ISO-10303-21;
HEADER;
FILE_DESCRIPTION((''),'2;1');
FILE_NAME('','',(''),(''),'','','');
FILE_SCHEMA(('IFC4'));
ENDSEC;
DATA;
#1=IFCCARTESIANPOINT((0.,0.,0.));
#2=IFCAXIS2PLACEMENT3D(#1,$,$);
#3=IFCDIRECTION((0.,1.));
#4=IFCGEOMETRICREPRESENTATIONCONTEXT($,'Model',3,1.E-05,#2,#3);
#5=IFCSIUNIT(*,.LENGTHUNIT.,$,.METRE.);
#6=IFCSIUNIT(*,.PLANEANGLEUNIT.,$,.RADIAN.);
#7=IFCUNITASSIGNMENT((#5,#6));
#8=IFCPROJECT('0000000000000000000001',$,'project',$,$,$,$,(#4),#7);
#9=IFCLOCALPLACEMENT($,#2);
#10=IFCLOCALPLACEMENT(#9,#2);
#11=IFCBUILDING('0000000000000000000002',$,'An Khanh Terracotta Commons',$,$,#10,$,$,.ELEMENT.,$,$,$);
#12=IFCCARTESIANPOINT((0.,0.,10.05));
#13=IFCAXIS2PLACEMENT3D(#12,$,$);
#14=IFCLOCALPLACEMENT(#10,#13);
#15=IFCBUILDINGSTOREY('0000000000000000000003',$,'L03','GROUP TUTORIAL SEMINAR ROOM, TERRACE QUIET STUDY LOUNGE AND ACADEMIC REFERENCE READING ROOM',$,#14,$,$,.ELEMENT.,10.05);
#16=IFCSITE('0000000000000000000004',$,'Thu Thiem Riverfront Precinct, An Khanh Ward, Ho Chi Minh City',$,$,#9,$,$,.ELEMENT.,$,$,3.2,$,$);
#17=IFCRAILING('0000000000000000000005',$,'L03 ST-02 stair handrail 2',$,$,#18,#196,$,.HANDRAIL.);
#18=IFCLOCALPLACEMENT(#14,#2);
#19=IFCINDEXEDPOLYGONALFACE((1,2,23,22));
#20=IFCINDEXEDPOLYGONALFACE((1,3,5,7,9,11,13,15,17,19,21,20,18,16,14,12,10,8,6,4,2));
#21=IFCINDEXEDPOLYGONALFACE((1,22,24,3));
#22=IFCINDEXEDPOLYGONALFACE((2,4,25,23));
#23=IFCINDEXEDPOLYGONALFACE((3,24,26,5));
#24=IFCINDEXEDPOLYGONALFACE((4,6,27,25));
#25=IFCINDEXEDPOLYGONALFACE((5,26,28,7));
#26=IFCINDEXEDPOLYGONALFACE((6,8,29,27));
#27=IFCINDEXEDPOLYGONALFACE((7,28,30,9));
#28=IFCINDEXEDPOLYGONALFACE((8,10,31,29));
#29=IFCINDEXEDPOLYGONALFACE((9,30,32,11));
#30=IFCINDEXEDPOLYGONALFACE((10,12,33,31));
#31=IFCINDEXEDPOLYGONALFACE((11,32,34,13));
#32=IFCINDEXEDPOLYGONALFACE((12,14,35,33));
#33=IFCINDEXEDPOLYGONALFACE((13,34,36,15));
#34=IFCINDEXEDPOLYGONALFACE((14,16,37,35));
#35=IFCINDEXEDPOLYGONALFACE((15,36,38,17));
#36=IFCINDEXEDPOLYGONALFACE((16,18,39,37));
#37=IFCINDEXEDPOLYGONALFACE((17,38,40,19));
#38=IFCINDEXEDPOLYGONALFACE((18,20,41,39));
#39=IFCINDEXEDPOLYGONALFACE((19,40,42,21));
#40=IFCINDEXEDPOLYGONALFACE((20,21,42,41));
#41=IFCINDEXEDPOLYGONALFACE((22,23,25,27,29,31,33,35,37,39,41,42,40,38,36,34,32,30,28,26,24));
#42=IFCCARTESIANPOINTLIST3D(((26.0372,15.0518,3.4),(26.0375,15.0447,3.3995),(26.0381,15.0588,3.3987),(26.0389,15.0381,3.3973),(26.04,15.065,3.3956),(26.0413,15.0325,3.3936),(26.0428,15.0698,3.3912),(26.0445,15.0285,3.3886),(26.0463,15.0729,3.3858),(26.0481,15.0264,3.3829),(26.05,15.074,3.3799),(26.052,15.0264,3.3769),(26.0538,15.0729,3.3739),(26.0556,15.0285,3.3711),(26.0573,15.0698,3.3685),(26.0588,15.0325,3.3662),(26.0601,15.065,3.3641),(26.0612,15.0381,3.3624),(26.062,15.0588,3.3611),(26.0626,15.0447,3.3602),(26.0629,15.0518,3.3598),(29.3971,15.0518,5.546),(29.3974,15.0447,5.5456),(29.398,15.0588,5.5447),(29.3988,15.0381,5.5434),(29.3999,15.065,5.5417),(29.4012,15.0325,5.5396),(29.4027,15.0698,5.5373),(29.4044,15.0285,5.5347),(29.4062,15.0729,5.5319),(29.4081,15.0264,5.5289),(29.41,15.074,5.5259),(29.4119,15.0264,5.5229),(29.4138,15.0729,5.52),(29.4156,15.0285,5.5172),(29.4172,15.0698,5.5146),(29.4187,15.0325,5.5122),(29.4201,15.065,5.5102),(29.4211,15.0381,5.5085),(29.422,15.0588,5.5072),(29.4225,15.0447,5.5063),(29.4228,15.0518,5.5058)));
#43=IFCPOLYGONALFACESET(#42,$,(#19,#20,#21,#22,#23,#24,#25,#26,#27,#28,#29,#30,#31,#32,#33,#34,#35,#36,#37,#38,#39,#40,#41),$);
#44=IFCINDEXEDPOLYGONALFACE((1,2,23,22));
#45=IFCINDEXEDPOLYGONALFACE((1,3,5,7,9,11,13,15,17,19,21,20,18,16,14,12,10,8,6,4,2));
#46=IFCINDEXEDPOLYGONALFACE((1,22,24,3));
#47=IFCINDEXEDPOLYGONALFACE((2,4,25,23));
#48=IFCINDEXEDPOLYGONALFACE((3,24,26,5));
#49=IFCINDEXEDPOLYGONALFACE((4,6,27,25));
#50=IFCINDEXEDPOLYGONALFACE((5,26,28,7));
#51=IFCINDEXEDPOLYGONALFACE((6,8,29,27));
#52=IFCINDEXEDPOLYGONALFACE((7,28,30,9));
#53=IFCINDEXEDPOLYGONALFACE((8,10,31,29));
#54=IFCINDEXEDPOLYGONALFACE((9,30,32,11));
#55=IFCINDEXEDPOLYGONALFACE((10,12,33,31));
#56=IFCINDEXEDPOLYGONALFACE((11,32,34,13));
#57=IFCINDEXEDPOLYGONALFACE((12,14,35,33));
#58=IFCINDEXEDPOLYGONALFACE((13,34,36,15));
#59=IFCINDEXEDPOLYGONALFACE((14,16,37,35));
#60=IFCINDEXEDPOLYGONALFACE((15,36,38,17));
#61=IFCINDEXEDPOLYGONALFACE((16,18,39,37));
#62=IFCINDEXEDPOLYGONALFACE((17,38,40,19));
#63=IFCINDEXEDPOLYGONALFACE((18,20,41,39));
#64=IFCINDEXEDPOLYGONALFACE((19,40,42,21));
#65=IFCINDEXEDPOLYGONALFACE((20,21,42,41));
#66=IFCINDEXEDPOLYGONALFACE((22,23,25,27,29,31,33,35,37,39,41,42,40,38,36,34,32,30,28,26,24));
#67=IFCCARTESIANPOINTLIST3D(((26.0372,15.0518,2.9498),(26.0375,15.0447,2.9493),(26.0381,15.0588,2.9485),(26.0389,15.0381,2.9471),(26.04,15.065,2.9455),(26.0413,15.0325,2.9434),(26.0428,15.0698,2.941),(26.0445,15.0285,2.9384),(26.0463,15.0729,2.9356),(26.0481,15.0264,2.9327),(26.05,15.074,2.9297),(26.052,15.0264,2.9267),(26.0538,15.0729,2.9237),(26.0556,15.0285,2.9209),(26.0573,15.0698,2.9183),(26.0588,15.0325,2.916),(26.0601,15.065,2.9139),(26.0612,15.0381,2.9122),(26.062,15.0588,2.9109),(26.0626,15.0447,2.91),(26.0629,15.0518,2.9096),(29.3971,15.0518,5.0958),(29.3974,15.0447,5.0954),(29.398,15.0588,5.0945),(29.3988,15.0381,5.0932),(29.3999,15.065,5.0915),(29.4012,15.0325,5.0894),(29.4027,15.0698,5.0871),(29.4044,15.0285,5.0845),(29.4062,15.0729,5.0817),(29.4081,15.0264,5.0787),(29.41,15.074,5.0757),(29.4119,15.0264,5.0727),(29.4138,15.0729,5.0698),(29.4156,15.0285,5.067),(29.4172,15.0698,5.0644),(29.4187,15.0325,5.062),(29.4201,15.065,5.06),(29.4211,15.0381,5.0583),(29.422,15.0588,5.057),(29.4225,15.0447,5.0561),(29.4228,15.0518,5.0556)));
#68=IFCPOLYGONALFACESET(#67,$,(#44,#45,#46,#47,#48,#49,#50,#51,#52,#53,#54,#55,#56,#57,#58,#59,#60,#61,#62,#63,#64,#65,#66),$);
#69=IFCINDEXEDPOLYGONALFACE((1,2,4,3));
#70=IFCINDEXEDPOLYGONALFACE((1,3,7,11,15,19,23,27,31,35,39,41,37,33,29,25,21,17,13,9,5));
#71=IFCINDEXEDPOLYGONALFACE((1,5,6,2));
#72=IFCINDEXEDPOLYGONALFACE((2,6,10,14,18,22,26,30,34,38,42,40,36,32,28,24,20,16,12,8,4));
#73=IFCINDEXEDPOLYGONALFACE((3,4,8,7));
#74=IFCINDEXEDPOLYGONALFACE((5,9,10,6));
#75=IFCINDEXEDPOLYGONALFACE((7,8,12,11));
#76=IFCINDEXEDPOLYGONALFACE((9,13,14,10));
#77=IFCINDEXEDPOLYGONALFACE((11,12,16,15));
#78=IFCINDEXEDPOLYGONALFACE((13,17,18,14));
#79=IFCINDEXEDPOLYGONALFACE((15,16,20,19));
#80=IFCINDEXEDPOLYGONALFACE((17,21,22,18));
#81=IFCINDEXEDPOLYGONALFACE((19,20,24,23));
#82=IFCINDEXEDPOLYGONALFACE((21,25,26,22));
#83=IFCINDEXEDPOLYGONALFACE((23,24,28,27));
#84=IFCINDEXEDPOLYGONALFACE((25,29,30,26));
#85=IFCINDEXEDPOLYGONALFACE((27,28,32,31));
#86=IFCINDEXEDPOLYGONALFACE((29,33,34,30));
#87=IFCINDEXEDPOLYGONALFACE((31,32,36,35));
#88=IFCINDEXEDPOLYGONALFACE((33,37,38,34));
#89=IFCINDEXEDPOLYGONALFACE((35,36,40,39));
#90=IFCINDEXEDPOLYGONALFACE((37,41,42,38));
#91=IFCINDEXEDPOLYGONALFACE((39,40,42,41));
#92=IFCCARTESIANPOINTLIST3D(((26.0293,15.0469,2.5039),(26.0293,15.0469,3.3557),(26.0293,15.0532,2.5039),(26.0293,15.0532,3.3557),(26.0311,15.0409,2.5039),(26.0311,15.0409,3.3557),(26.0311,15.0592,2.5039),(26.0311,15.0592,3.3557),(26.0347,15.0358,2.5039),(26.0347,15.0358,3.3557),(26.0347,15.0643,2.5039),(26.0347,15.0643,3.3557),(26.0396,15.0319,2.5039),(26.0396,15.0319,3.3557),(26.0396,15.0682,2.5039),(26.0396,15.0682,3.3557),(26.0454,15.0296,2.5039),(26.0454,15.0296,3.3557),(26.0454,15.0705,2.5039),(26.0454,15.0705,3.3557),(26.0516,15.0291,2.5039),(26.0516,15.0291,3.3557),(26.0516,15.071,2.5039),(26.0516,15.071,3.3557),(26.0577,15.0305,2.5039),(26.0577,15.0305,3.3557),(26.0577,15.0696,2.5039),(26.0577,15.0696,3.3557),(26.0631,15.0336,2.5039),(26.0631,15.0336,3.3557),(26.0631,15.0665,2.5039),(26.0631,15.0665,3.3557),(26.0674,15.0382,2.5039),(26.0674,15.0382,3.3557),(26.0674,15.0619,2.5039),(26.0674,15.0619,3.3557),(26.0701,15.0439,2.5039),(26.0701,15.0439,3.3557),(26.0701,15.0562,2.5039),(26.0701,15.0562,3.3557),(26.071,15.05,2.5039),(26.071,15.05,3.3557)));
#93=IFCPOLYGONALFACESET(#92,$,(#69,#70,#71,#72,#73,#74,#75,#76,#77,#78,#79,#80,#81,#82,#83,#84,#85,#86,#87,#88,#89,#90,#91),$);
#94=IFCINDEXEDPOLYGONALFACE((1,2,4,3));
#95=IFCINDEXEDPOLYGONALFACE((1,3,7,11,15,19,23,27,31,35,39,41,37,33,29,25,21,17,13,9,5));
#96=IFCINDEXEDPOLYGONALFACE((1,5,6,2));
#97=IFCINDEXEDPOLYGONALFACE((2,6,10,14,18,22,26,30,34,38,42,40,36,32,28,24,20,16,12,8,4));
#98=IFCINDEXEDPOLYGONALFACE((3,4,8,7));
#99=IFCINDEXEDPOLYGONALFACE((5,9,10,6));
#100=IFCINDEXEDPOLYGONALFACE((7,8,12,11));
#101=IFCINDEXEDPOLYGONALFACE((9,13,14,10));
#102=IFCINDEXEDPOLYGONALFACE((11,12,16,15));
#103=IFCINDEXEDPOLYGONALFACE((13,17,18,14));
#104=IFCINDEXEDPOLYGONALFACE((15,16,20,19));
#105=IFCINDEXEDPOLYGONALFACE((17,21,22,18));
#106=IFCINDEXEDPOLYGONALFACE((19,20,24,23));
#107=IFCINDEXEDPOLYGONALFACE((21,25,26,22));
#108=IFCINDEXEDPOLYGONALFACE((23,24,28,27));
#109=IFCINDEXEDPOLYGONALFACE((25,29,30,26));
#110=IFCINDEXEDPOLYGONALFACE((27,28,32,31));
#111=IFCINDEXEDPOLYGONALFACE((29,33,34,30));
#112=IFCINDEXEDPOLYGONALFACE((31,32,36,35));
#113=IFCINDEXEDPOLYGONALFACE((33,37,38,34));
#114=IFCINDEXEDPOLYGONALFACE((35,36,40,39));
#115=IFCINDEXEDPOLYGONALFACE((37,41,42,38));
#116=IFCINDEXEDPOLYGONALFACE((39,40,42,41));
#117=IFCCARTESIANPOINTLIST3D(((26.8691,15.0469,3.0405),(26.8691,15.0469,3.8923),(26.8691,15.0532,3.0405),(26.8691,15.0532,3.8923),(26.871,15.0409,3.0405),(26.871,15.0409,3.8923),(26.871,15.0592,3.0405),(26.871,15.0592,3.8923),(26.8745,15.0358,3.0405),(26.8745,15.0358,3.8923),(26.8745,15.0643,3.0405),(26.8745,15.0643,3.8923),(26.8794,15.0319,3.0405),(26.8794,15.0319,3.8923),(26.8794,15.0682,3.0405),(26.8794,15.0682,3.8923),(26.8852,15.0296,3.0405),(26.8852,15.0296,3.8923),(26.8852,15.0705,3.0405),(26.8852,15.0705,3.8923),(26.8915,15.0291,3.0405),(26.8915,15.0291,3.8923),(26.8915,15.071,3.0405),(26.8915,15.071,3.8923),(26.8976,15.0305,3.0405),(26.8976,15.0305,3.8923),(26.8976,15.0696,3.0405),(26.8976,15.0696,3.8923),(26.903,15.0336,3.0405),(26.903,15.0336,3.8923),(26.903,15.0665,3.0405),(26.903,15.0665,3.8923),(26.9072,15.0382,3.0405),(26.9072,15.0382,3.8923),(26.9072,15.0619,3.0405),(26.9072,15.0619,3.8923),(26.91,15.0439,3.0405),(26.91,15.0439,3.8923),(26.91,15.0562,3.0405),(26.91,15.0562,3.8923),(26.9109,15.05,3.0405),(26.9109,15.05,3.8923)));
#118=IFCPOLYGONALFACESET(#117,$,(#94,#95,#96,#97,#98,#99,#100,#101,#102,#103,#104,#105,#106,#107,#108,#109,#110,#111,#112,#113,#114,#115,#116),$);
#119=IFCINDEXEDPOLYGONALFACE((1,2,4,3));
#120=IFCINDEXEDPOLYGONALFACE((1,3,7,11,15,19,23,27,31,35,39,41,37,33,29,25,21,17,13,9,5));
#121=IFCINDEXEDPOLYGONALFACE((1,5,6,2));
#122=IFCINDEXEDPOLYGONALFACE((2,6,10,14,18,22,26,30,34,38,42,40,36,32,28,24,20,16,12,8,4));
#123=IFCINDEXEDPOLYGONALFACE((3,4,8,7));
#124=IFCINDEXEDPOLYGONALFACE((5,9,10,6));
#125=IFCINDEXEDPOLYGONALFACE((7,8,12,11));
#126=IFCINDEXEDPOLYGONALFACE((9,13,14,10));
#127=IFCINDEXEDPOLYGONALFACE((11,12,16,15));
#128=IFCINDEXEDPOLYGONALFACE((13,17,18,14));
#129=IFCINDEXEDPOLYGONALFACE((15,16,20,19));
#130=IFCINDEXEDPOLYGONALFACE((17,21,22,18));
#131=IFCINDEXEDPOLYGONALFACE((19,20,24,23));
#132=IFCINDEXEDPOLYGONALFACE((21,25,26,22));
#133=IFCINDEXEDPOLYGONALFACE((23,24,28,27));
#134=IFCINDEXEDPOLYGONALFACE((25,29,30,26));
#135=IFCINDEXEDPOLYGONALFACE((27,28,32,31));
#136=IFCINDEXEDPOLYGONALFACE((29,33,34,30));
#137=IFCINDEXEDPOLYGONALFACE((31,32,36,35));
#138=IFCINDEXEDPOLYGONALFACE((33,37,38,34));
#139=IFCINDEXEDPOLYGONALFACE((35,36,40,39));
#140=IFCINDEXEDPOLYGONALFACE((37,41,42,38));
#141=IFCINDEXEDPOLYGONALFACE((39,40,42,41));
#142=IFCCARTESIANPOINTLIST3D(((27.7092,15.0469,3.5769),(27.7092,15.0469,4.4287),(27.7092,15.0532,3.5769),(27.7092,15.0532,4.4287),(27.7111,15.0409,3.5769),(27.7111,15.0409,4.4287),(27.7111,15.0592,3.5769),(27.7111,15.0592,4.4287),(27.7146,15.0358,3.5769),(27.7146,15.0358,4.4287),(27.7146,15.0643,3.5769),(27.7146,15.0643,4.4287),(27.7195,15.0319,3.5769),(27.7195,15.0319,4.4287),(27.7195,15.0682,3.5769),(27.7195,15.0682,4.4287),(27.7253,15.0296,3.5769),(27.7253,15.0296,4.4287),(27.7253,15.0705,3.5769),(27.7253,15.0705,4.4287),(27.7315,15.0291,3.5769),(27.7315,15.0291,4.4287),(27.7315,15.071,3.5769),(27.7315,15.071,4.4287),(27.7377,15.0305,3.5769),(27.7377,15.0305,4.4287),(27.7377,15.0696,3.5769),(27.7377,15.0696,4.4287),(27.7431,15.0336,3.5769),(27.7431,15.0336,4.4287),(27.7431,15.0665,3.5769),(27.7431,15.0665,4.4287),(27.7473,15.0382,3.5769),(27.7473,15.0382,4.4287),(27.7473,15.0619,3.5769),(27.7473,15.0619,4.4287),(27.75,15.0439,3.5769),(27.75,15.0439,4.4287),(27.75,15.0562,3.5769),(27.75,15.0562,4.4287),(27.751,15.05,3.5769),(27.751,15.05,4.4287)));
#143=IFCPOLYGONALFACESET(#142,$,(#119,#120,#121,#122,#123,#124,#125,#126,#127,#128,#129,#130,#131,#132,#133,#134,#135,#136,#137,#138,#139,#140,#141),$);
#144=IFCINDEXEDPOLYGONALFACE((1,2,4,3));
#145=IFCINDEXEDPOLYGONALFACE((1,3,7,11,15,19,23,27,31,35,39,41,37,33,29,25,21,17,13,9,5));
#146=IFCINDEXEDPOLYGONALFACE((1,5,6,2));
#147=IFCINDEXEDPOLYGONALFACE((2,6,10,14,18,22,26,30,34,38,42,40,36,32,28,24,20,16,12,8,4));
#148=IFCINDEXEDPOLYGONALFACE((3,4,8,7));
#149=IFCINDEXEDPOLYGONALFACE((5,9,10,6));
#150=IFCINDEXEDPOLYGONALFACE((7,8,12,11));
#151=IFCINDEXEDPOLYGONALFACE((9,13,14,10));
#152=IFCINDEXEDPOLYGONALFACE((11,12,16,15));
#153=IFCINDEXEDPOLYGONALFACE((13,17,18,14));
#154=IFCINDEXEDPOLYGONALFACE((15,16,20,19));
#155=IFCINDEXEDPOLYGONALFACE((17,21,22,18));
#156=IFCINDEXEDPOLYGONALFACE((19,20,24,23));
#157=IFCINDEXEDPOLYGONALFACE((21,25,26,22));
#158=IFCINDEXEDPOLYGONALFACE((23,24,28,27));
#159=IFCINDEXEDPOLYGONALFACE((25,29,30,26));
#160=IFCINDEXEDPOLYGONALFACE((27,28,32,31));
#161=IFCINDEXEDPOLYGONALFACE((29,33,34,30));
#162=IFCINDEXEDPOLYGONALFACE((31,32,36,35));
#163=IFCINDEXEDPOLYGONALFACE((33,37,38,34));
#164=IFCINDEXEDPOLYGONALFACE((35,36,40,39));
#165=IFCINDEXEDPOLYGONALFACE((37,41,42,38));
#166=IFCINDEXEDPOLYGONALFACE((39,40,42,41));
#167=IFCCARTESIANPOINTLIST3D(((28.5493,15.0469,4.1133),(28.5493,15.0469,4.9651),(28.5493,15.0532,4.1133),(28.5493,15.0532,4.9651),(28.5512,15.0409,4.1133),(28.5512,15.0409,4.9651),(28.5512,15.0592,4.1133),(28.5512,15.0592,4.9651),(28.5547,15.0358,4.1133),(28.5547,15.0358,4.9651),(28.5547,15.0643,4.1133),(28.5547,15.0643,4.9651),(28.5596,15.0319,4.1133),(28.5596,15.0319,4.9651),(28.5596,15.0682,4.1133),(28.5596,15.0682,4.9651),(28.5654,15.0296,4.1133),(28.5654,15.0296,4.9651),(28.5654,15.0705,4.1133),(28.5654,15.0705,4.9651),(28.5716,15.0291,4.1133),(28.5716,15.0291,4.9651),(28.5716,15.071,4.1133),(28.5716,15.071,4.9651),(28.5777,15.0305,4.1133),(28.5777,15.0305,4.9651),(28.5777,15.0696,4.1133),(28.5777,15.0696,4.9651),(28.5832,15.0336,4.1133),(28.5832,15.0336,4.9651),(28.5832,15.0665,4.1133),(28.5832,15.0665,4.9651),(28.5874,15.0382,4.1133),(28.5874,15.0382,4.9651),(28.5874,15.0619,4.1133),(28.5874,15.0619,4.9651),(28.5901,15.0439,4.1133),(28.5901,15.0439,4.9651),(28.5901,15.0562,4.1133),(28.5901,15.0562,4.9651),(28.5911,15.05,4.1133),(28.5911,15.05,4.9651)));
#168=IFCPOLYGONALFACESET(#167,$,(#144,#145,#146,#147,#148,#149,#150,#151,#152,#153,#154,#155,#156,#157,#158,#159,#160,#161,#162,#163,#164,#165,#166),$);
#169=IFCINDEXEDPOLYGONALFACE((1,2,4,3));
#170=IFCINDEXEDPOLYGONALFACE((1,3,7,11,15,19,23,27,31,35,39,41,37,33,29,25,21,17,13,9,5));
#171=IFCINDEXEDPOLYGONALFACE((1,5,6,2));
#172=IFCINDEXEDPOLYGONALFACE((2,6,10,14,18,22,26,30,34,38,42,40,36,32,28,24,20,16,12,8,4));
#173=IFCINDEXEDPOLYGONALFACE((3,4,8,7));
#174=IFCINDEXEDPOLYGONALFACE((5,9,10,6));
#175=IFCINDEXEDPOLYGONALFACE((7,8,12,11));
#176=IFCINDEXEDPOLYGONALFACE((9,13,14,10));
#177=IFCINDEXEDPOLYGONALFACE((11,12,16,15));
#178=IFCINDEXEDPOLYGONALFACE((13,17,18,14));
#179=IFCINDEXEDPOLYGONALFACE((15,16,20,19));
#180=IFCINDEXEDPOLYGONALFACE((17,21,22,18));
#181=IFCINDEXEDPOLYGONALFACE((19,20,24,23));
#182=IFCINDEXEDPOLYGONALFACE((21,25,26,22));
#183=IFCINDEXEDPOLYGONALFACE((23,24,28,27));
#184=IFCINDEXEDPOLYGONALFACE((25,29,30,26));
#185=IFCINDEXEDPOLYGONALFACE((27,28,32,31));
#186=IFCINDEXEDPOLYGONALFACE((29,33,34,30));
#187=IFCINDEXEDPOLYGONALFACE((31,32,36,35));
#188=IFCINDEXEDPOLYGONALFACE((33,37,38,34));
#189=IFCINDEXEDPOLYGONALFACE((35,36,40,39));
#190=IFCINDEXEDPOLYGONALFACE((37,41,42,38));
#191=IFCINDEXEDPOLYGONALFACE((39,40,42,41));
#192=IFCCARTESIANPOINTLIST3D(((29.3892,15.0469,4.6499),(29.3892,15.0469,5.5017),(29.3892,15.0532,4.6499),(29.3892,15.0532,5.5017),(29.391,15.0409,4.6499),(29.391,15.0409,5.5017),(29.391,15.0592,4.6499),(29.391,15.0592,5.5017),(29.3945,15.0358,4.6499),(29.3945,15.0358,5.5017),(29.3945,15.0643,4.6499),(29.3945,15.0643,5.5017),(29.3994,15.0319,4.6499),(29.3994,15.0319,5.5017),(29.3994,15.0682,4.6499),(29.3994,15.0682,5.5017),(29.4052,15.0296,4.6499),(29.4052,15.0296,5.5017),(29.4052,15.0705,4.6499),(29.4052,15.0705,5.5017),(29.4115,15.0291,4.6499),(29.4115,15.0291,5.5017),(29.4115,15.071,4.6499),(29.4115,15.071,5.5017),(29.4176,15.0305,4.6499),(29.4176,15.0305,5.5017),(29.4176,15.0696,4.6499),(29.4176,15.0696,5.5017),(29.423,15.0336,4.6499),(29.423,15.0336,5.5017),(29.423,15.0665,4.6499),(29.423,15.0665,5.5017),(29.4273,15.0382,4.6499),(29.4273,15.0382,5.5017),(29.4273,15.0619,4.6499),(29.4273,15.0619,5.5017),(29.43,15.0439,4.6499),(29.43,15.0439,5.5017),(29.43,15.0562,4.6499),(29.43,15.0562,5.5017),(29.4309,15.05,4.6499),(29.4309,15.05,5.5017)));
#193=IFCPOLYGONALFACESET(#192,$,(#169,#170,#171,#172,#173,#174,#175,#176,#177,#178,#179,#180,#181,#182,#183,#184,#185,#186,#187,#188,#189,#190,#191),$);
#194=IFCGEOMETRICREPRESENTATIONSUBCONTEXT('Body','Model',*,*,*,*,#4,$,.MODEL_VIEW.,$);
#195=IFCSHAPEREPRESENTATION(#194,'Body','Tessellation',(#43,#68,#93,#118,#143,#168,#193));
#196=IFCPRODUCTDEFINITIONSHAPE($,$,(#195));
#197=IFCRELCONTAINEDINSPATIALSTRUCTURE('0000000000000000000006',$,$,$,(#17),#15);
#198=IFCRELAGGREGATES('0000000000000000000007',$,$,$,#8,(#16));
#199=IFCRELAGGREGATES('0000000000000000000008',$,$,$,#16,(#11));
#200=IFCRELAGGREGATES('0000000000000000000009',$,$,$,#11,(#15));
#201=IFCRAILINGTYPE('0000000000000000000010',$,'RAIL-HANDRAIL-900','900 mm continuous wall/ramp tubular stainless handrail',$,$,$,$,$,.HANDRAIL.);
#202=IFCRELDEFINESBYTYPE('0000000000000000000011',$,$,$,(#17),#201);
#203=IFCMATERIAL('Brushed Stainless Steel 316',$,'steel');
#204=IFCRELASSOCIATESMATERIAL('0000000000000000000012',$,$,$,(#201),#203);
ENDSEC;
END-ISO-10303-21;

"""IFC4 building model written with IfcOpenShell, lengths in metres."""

from ifc_helpers import new_model, si_unit, direction, frame, origin, origin_2d, place, context, subcontext, project, spatial, circle, extrude, material, type_object, element, save


model = new_model("IFC4")

# Units and contexts
model_context = context("Model", 3, precision=1e-05, world=origin(), true_north=direction((0.0, 1.0)))
body_context = subcontext(model_context, "Body", "Model", "MODEL_VIEW")
ifc_project = project(units=[si_unit("LENGTHUNIT", "METRE"), si_unit("PLANEANGLEUNIT", "RADIAN")], contexts=[model_context])

# Site, building, storey
site_placement = place(None, origin())
site = spatial("IfcSite", under=ifc_project, at=site_placement, Name="Thu Thiem Riverfront Precinct, An Khanh Ward, Ho Chi Minh City", CompositionType="ELEMENT", RefElevation=3.2)
building_placement = place(site_placement, origin())
building = spatial("IfcBuilding", under=site, at=building_placement, Name="An Khanh Terracotta Commons", CompositionType="ELEMENT")
storey_placement = place(building_placement, frame((0.0, 0.0, 10.05)))
storey = spatial("IfcBuildingStorey", under=building, at=storey_placement, Name="L03", Description="GROUP TUTORIAL SEMINAR ROOM, TERRACE QUIET STUDY LOUNGE AND ACADEMIC REFERENCE READING ROOM", CompositionType="ELEMENT", Elevation=10.05)

# Railing
ifc_material_1 = material(Name="Brushed Stainless Steel 316", Category="steel")
railing_type_1 = type_object("IfcRailingType", Name="RAIL-HANDRAIL-900", Description="900 mm continuous wall/ramp tubular stainless handrail", PredefinedType="HANDRAIL", material=ifc_material_1)
railing_1_placement = place(storey_placement, frame((26.05, 15.05, 2.5039)))
element("IfcRailing", 1, at=railing_1_placement, inside=storey, type_object=railing_type_1, Name="L03 ST-02 stair handrail 2", PredefinedType="HANDRAIL", context=body_context, shape_type="SweptSolid", body=[
    extrude(circle(Radius=0.0239, at=origin_2d()), frame((0.0, 0.0, 0.876), z_axis=(0.842763, 0.0, 0.538285), x_axis=(0.0, 1.0, 0.0)), (0.0, 0.0, 1.0), 3.9868),
    extrude(circle(Radius=0.0239, at=origin_2d()), frame((0.0, 0.0, 0.4258), z_axis=(0.842763, 0.0, 0.538285), x_axis=(0.0, 1.0, 0.0)), (0.0, 0.0, 1.0), 3.9868),
    extrude(circle(Radius=0.021, at=origin_2d()), origin(), (0.0, 0.0, 1.0), 0.8518),
    extrude(circle(Radius=0.021, at=origin_2d()), frame((0.8398, 0.0, 0.5366)), (0.0, 0.0, 1.0), 0.8518),
    extrude(circle(Radius=0.021, at=origin_2d()), frame((1.6799, 0.0, 1.073)), (0.0, 0.0, 1.0), 0.8518),
    extrude(circle(Radius=0.021, at=origin_2d()), frame((2.52, 0.0, 1.6094)), (0.0, 0.0, 1.0), 0.8518),
    extrude(circle(Radius=0.021, at=origin_2d()), frame((3.3599, 0.0, 2.146)), (0.0, 0.0, 1.0), 0.8518),
])

save(model, "model.ifc")
